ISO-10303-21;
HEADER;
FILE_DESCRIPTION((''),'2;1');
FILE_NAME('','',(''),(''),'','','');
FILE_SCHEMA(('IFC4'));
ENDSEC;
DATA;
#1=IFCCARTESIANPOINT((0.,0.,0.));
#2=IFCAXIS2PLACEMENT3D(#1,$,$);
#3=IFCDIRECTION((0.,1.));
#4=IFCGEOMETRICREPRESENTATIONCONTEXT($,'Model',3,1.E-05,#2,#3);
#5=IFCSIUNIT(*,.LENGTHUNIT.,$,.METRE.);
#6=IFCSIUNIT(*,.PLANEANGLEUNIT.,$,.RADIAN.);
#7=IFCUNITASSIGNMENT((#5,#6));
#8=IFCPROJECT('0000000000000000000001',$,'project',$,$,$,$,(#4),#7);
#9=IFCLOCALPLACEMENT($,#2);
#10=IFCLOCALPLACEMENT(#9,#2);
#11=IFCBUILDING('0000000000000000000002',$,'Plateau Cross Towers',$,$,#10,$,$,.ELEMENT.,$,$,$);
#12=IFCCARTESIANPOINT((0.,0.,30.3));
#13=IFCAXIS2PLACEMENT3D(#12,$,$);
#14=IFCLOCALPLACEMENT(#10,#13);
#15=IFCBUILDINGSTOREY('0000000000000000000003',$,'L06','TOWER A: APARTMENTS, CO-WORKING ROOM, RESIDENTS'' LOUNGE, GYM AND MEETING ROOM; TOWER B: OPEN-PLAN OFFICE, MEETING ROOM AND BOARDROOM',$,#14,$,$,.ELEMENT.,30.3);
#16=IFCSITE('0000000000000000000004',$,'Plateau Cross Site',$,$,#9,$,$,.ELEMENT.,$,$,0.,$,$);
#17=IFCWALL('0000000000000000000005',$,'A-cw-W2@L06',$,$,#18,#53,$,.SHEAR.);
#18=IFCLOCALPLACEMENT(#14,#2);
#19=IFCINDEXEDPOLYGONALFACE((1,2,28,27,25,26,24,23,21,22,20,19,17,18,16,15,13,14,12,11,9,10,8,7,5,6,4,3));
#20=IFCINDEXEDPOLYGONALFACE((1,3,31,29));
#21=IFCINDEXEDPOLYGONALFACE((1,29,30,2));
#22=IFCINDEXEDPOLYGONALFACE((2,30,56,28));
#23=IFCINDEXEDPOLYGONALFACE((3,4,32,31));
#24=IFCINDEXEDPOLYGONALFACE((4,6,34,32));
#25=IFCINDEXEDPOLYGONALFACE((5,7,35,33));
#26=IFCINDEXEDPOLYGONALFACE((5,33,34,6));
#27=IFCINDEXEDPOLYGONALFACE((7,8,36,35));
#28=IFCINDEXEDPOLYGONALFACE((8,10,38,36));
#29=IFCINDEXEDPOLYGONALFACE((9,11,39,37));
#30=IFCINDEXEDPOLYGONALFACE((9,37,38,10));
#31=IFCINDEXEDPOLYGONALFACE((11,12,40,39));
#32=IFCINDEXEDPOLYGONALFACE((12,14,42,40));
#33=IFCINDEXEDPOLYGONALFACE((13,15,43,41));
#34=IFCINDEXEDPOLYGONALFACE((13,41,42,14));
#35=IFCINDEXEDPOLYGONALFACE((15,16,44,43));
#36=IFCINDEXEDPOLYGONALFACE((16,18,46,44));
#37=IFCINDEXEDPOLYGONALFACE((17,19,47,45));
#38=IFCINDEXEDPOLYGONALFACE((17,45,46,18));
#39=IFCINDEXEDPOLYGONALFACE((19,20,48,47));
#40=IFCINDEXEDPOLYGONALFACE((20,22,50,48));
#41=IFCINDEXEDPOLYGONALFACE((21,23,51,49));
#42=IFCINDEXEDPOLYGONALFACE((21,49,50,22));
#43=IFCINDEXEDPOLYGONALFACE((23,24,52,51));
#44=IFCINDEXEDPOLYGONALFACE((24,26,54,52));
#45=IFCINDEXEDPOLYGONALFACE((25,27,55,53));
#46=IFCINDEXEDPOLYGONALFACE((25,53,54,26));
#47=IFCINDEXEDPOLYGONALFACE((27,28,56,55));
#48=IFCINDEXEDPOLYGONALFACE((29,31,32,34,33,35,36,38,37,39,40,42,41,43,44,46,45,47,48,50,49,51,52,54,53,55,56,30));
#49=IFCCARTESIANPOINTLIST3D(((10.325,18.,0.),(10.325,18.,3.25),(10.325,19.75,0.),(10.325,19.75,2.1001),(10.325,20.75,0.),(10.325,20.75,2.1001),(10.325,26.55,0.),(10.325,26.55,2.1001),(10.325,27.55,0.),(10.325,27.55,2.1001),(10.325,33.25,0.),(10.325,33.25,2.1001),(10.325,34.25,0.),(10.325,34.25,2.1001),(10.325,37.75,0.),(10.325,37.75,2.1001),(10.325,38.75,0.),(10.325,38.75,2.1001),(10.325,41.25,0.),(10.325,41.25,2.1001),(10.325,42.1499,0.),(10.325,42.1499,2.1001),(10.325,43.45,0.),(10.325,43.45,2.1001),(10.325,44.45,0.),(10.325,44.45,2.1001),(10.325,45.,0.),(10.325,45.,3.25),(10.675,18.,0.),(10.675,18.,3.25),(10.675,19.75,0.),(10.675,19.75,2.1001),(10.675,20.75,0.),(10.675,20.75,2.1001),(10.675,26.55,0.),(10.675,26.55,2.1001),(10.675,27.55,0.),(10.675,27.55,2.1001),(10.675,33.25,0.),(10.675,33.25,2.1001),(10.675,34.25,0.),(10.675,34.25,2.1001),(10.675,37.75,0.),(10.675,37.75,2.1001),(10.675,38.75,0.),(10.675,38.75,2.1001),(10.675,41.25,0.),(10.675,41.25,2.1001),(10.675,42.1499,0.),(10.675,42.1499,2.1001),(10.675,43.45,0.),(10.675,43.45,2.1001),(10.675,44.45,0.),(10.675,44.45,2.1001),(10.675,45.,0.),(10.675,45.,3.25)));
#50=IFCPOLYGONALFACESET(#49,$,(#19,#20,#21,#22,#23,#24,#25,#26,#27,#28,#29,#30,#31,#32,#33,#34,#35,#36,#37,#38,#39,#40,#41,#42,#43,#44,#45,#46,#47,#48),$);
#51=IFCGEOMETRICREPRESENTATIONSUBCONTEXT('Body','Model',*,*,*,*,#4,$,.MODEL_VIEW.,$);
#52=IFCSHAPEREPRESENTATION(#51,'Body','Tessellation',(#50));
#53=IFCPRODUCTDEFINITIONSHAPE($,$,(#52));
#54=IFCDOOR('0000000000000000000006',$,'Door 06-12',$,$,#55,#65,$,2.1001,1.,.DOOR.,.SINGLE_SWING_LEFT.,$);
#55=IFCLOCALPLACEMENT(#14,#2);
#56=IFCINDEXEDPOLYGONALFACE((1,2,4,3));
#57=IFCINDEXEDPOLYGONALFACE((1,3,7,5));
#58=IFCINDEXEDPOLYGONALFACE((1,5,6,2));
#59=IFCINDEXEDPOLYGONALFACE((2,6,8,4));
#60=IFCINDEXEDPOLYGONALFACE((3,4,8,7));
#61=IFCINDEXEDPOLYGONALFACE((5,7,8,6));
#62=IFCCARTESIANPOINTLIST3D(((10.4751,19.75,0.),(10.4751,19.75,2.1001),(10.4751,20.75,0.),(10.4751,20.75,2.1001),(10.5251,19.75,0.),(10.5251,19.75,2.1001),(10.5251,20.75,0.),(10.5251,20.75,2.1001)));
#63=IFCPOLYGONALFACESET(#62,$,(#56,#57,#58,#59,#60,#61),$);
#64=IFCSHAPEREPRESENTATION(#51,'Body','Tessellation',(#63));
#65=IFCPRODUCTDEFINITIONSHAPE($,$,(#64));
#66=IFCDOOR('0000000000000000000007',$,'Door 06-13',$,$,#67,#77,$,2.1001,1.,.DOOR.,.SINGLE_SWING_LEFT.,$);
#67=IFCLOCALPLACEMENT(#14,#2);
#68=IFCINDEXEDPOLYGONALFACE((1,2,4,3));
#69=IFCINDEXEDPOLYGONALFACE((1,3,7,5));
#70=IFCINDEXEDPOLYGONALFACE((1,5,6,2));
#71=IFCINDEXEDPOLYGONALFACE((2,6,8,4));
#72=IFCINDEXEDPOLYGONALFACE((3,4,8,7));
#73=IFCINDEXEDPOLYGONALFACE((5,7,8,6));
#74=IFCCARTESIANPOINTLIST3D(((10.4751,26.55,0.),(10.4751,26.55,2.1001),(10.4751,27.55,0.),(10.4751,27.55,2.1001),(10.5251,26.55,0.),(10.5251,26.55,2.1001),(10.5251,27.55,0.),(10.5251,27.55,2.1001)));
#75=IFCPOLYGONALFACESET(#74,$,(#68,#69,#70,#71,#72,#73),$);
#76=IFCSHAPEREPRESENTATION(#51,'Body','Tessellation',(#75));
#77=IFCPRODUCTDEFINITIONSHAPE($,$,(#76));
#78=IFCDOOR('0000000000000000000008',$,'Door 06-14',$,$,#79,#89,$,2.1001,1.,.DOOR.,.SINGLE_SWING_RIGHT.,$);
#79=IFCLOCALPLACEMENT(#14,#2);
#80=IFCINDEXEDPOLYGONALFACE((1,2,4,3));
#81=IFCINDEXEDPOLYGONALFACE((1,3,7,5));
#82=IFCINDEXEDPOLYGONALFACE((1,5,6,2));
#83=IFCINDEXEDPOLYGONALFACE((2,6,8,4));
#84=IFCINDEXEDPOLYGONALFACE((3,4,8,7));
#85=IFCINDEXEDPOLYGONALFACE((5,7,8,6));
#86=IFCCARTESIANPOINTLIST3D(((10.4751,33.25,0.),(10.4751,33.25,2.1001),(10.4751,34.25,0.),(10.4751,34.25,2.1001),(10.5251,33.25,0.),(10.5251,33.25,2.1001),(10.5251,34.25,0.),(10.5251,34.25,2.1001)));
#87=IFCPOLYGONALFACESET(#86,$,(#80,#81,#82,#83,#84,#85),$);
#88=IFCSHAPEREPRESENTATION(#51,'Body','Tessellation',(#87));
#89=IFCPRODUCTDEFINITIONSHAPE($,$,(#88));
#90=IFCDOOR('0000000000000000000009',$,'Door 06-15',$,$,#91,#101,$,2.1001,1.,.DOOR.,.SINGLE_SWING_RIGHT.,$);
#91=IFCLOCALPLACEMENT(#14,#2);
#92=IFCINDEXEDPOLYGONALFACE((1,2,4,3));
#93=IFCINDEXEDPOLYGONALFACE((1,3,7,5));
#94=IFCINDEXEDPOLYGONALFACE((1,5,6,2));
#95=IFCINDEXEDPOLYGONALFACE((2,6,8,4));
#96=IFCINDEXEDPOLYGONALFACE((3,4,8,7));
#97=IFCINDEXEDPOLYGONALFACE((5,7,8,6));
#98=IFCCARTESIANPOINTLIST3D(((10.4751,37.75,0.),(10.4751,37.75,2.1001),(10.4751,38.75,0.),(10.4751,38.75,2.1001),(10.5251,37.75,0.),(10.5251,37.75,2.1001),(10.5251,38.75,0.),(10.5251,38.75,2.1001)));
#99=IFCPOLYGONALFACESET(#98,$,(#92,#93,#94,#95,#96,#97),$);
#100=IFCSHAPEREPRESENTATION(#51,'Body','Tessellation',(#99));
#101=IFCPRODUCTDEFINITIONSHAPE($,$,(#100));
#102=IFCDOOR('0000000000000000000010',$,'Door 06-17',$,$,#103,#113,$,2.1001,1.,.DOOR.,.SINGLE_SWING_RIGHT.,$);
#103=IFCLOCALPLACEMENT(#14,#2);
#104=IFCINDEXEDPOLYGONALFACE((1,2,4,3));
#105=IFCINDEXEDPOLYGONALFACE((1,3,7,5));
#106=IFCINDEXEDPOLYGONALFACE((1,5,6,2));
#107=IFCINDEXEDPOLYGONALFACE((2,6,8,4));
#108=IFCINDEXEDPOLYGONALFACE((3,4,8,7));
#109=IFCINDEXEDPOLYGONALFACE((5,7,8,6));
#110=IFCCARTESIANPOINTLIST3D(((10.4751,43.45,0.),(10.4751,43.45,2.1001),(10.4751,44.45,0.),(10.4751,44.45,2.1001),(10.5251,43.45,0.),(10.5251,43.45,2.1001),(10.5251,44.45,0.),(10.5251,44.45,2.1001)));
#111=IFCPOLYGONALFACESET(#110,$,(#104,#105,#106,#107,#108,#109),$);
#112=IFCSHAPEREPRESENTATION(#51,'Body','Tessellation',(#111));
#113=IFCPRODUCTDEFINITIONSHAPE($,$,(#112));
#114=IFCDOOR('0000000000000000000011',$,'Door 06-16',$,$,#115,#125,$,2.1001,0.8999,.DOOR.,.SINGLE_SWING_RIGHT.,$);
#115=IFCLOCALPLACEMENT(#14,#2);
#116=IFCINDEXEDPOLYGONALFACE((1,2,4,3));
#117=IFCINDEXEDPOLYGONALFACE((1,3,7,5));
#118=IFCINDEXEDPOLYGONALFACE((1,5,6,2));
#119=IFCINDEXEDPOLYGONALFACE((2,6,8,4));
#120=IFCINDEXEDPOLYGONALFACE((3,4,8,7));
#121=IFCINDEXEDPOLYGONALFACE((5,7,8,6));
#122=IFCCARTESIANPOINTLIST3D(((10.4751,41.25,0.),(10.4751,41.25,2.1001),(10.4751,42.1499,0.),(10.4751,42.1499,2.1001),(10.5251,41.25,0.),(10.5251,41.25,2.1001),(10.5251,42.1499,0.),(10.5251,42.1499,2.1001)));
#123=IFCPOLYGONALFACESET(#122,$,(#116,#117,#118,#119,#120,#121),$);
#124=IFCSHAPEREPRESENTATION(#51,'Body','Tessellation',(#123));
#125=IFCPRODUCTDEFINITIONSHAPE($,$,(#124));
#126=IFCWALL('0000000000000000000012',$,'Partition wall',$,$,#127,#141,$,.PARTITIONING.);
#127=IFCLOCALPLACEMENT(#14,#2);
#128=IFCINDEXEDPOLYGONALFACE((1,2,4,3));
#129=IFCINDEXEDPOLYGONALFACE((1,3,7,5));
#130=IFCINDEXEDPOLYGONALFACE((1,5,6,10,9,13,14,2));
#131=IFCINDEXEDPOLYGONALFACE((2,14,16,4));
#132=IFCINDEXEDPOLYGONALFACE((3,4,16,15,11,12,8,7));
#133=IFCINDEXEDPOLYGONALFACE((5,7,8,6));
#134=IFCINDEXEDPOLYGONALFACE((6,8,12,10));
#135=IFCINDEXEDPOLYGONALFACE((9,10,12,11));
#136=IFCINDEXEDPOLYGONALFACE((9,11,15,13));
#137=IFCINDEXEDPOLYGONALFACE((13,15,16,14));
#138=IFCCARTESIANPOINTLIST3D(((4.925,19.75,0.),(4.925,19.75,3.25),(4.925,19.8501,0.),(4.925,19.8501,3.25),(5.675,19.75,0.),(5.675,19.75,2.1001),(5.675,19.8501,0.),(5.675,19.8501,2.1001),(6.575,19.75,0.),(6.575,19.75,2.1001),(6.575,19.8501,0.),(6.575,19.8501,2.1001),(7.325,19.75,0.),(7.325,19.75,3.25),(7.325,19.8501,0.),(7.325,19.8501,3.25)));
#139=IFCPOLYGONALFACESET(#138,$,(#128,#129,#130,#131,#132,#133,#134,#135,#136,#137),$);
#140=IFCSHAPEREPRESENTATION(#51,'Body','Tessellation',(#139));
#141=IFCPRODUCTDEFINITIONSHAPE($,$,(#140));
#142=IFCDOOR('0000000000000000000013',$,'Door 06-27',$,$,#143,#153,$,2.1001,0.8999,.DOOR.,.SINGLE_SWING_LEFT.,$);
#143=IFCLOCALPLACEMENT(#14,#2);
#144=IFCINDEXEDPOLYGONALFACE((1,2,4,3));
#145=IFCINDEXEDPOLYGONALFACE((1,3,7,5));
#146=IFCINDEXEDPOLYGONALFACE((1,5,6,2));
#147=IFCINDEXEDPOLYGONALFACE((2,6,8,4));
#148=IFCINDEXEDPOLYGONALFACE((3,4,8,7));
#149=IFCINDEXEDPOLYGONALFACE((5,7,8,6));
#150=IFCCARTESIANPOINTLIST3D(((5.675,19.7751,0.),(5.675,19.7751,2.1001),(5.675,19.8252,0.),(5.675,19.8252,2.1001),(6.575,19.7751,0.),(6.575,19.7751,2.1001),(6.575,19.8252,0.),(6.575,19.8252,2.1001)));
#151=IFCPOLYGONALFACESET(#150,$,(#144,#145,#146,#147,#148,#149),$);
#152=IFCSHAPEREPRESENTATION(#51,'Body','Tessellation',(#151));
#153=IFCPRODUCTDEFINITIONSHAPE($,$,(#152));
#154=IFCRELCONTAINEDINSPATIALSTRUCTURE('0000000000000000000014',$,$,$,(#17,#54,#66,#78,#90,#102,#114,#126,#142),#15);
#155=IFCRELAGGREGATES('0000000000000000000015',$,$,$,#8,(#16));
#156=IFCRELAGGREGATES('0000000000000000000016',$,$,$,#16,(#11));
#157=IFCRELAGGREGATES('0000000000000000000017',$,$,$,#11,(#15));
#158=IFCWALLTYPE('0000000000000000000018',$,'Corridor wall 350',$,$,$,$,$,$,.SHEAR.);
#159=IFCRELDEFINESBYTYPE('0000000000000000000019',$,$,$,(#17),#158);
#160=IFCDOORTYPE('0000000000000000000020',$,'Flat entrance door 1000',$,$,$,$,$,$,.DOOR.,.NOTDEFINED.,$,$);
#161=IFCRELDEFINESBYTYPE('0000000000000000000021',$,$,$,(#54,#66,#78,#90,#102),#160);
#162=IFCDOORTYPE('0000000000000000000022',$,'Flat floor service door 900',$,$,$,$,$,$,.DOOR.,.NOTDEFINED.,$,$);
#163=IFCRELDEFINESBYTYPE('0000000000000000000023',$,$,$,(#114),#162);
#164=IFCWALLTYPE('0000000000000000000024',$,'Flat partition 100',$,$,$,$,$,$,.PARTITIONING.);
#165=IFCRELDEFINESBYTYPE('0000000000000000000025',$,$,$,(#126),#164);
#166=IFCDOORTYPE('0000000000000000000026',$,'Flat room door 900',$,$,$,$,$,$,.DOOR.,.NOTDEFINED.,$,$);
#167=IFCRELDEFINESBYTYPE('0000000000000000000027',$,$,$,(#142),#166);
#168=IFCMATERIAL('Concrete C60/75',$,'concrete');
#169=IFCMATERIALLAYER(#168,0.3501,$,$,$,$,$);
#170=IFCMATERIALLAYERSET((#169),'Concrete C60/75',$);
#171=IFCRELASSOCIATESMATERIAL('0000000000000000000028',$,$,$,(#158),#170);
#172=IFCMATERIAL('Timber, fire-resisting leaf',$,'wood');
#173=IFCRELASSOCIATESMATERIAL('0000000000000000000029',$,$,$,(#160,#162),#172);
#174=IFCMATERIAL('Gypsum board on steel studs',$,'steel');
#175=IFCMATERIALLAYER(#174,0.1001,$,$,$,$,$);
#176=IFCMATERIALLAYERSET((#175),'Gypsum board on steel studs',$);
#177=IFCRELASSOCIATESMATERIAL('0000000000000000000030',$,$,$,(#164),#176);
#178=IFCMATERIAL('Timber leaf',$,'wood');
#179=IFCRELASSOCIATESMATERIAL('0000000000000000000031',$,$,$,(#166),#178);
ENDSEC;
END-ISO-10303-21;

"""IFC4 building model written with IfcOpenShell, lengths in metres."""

from ifc_helpers import new_model, si_unit, direction, frame, frame_2d, origin, place, context, subcontext, project, spatial, rectangle, extrude, material, layer, layer_set, type_object, element, fill, save


model = new_model("IFC4")

# Units and contexts
model_context = context("Model", 3, precision=1e-05, world=origin(), true_north=direction((0.0, 1.0)))
body_context = subcontext(model_context, "Body", "Model", "MODEL_VIEW")
ifc_project = project(units=[si_unit("LENGTHUNIT", "METRE"), si_unit("PLANEANGLEUNIT", "RADIAN")], contexts=[model_context])

# Site, building, storey
site_placement = place(None, origin())
site = spatial("IfcSite", under=ifc_project, at=site_placement, Name="Plateau Cross Site", CompositionType="ELEMENT", RefElevation=0.0)
building_placement = place(site_placement, origin())
building = spatial("IfcBuilding", under=site, at=building_placement, Name="Plateau Cross Towers", CompositionType="ELEMENT")
storey_placement = place(building_placement, frame((0.0, 0.0, 30.3)))
storey = spatial("IfcBuildingStorey", under=building, at=storey_placement, Name="L06", Description="TOWER A: APARTMENTS, CO-WORKING ROOM, RESIDENTS' LOUNGE, GYM AND MEETING ROOM; TOWER B: OPEN-PLAN OFFICE, MEETING ROOM AND BOARDROOM", CompositionType="ELEMENT", Elevation=30.3)

# Shared definitions
ifc_material_1 = material(Name="Concrete C60/75", Category="concrete")

# Wall, openings, doors
ifc_layer_1 = layer(ifc_material_1, 0.3501)
ifc_layer_set_1 = layer_set([ifc_layer_1], Name="Concrete C60/75")
wall_type_1 = type_object("IfcWallType", Name="Corridor wall 350", PredefinedType="SHEAR", material=ifc_layer_set_1)
ifc_material_2 = material(Name="Timber, fire-resisting leaf", Category="wood")
door_type_1 = type_object("IfcDoorType", Name="Flat entrance door 1000", OperationType="NOTDEFINED", PredefinedType="DOOR", material=ifc_material_2)
wall_1_placement = place(storey_placement, frame((10.5, 18.0, 0.0), z_axis=(0.0, 0.0, 1.0), x_axis=(0.0, 1.0, 0.0)))
wall_1 = element("IfcWall", 1, at=wall_1_placement, inside=storey, type_object=wall_type_1, Name="A-cw-W2@L06", PredefinedType="SHEAR", context=body_context, shape_type="SweptSolid", body=[
    extrude(rectangle(XDim=27.0, YDim=0.3501, at=frame_2d((13.5, 0.0))), origin(), (0.0, 0.0, 1.0), 3.25),
])
opening_1_placement = place(wall_1_placement, frame((1.75, 0.0, 0.0)))
opening_1 = element("IfcOpeningElement", 2, at=opening_1_placement, cuts=wall_1, PredefinedType="OPENING", context=body_context, shape_type="SweptSolid", body=[
    extrude(rectangle(XDim=1.0, YDim=2.1001, at=frame_2d((0.5, 1.05))), frame((0.0, 0.1851, 0.0), z_axis=(0.0, -1.0, 0.0), x_axis=(1.0, 0.0, 0.0)), (0.0, 0.0, 1.0), 0.3701),
])
opening_2_placement = place(wall_1_placement, frame((8.55, 0.0, 0.0)))
opening_2 = element("IfcOpeningElement", 3, at=opening_2_placement, cuts=wall_1, PredefinedType="OPENING", context=body_context, shape_type="SweptSolid", body=[
    extrude(rectangle(XDim=1.0, YDim=2.1001, at=frame_2d((0.5, 1.05))), frame((0.0, 0.1851, 0.0), z_axis=(0.0, -1.0, 0.0), x_axis=(1.0, 0.0, 0.0)), (0.0, 0.0, 1.0), 0.3701),
])
opening_3_placement = place(wall_1_placement, frame((15.25, 0.0, 0.0)))
opening_3 = element("IfcOpeningElement", 4, at=opening_3_placement, cuts=wall_1, PredefinedType="OPENING", context=body_context, shape_type="SweptSolid", body=[
    extrude(rectangle(XDim=1.0, YDim=2.1001, at=frame_2d((0.5, 1.05))), frame((0.0, 0.1851, 0.0), z_axis=(0.0, -1.0, 0.0), x_axis=(1.0, 0.0, 0.0)), (0.0, 0.0, 1.0), 0.3701),
])
opening_4_placement = place(wall_1_placement, frame((19.75, 0.0, 0.0)))
opening_4 = element("IfcOpeningElement", 5, at=opening_4_placement, cuts=wall_1, PredefinedType="OPENING", context=body_context, shape_type="SweptSolid", body=[
    extrude(rectangle(XDim=1.0, YDim=2.1001, at=frame_2d((0.5, 1.05))), frame((0.0, 0.1851, 0.0), z_axis=(0.0, -1.0, 0.0), x_axis=(1.0, 0.0, 0.0)), (0.0, 0.0, 1.0), 0.3701),
])
opening_5_placement = place(wall_1_placement, frame((23.25, 0.0, 0.0)))
opening_5 = element("IfcOpeningElement", 6, at=opening_5_placement, cuts=wall_1, PredefinedType="OPENING", context=body_context, shape_type="SweptSolid", body=[
    extrude(rectangle(XDim=0.8999, YDim=2.1001, at=frame_2d((0.45, 1.05))), frame((0.0, 0.1851, 0.0), z_axis=(0.0, -1.0, 0.0), x_axis=(1.0, 0.0, 0.0)), (0.0, 0.0, 1.0), 0.3701),
])
opening_6_placement = place(wall_1_placement, frame((25.45, 0.0, 0.0)))
opening_6 = element("IfcOpeningElement", 7, at=opening_6_placement, cuts=wall_1, PredefinedType="OPENING", context=body_context, shape_type="SweptSolid", body=[
    extrude(rectangle(XDim=1.0, YDim=2.1001, at=frame_2d((0.5, 1.05))), frame((0.0, 0.1851, 0.0), z_axis=(0.0, -1.0, 0.0), x_axis=(1.0, 0.0, 0.0)), (0.0, 0.0, 1.0), 0.3701),
])
door_1_placement = place(opening_1_placement, origin())
door_1 = element("IfcDoor", 8, at=door_1_placement, inside=storey, type_object=door_type_1, Name="Door 06-12", OperationType="SINGLE_SWING_LEFT", OverallHeight=2.1001, OverallWidth=1.0, PredefinedType="DOOR", context=body_context, shape_type="SweptSolid", body=[
    extrude(rectangle(XDim=1.0, YDim=2.1001, at=frame_2d((0.5, 1.05))), frame((0.0, 0.0249, 0.0), z_axis=(0.0, -1.0, 0.0), x_axis=(1.0, 0.0, 0.0)), (0.0, 0.0, 1.0), 0.05),
])
fill(opening_1, door_1)
door_2_placement = place(opening_2_placement, origin())
door_2 = element("IfcDoor", 9, at=door_2_placement, inside=storey, type_object=door_type_1, Name="Door 06-13", OperationType="SINGLE_SWING_LEFT", OverallHeight=2.1001, OverallWidth=1.0, PredefinedType="DOOR", context=body_context, shape_type="SweptSolid", body=[
    extrude(rectangle(XDim=1.0, YDim=2.1001, at=frame_2d((0.5, 1.05))), frame((0.0, 0.0249, 0.0), z_axis=(0.0, -1.0, 0.0), x_axis=(1.0, 0.0, 0.0)), (0.0, 0.0, 1.0), 0.05),
])
fill(opening_2, door_2)
door_3_placement = place(opening_3_placement, origin())
door_3 = element("IfcDoor", 10, at=door_3_placement, inside=storey, type_object=door_type_1, Name="Door 06-14", OperationType="SINGLE_SWING_RIGHT", OverallHeight=2.1001, OverallWidth=1.0, PredefinedType="DOOR", context=body_context, shape_type="SweptSolid", body=[
    extrude(rectangle(XDim=1.0, YDim=2.1001, at=frame_2d((0.5, 1.05))), frame((0.0, 0.0249, 0.0), z_axis=(0.0, -1.0, 0.0), x_axis=(1.0, 0.0, 0.0)), (0.0, 0.0, 1.0), 0.05),
])
fill(opening_3, door_3)
door_4_placement = place(opening_4_placement, origin())
door_4 = element("IfcDoor", 11, at=door_4_placement, inside=storey, type_object=door_type_1, Name="Door 06-15", OperationType="SINGLE_SWING_RIGHT", OverallHeight=2.1001, OverallWidth=1.0, PredefinedType="DOOR", context=body_context, shape_type="SweptSolid", body=[
    extrude(rectangle(XDim=1.0, YDim=2.1001, at=frame_2d((0.5, 1.05))), frame((0.0, 0.0249, 0.0), z_axis=(0.0, -1.0, 0.0), x_axis=(1.0, 0.0, 0.0)), (0.0, 0.0, 1.0), 0.05),
])
fill(opening_4, door_4)
door_5_placement = place(opening_6_placement, origin())
door_5 = element("IfcDoor", 12, at=door_5_placement, inside=storey, type_object=door_type_1, Name="Door 06-17", OperationType="SINGLE_SWING_RIGHT", OverallHeight=2.1001, OverallWidth=1.0, PredefinedType="DOOR", context=body_context, shape_type="SweptSolid", body=[
    extrude(rectangle(XDim=1.0, YDim=2.1001, at=frame_2d((0.5, 1.05))), frame((0.0, 0.0249, 0.0), z_axis=(0.0, -1.0, 0.0), x_axis=(1.0, 0.0, 0.0)), (0.0, 0.0, 1.0), 0.05),
])
fill(opening_6, door_5)
door_type_2 = type_object("IfcDoorType", Name="Flat floor service door 900", OperationType="NOTDEFINED", PredefinedType="DOOR", material=ifc_material_2)
door_6_placement = place(opening_5_placement, origin())
door_6 = element("IfcDoor", 13, at=door_6_placement, inside=storey, type_object=door_type_2, Name="Door 06-16", OperationType="SINGLE_SWING_RIGHT", OverallHeight=2.1001, OverallWidth=0.8999, PredefinedType="DOOR", context=body_context, shape_type="SweptSolid", body=[
    extrude(rectangle(XDim=0.8999, YDim=2.1001, at=frame_2d((0.45, 1.05))), frame((0.0, 0.0249, 0.0), z_axis=(0.0, -1.0, 0.0), x_axis=(1.0, 0.0, 0.0)), (0.0, 0.0, 1.0), 0.05),
])
fill(opening_5, door_6)

# Wall, opening, door
ifc_material_3 = material(Name="Gypsum board on steel studs", Category="steel")
ifc_layer_2 = layer(ifc_material_3, 0.1001)
ifc_layer_set_2 = layer_set([ifc_layer_2], Name="Gypsum board on steel studs")
wall_type_2 = type_object("IfcWallType", Name="Flat partition 100", PredefinedType="PARTITIONING", material=ifc_layer_set_2)
wall_2_placement = place(storey_placement, frame((7.325, 19.8, 0.0), z_axis=(0.0, 0.0, 1.0), x_axis=(-1.0, 0.0, 0.0)))
wall_2 = element("IfcWall", 14, at=wall_2_placement, inside=storey, type_object=wall_type_2, Name="Partition wall", PredefinedType="PARTITIONING", context=body_context, shape_type="SweptSolid", body=[
    extrude(rectangle(XDim=2.3999, YDim=0.1001, at=frame_2d((1.2, 0.0))), origin(), (0.0, 0.0, 1.0), 3.25),
])
opening_7_placement = place(wall_2_placement, frame((0.75, 0.0, 0.0)))
opening_7 = element("IfcOpeningElement", 15, at=opening_7_placement, cuts=wall_2, PredefinedType="OPENING", context=body_context, shape_type="SweptSolid", body=[
    extrude(rectangle(XDim=0.8999, YDim=2.1001, at=frame_2d((0.45, 1.05))), frame((0.0, 0.0601, 0.0), z_axis=(0.0, -1.0, 0.0), x_axis=(1.0, 0.0, 0.0)), (0.0, 0.0, 1.0), 0.1201),
])
ifc_material_4 = material(Name="Timber leaf", Category="wood")
door_type_3 = type_object("IfcDoorType", Name="Flat room door 900", OperationType="NOTDEFINED", PredefinedType="DOOR", material=ifc_material_4)
door_7_placement = place(opening_7_placement, origin())
door_7 = element("IfcDoor", 16, at=door_7_placement, inside=storey, type_object=door_type_3, Name="Door 06-27", OperationType="SINGLE_SWING_LEFT", OverallHeight=2.1001, OverallWidth=0.8999, PredefinedType="DOOR", context=body_context, shape_type="SweptSolid", body=[
    extrude(rectangle(XDim=0.8999, YDim=2.1001, at=frame_2d((0.45, 1.05))), frame((0.0, 0.0249, 0.0), z_axis=(0.0, -1.0, 0.0), x_axis=(1.0, 0.0, 0.0)), (0.0, 0.0, 1.0), 0.05),
])
fill(opening_7, door_7)

save(model, "model.ifc")
